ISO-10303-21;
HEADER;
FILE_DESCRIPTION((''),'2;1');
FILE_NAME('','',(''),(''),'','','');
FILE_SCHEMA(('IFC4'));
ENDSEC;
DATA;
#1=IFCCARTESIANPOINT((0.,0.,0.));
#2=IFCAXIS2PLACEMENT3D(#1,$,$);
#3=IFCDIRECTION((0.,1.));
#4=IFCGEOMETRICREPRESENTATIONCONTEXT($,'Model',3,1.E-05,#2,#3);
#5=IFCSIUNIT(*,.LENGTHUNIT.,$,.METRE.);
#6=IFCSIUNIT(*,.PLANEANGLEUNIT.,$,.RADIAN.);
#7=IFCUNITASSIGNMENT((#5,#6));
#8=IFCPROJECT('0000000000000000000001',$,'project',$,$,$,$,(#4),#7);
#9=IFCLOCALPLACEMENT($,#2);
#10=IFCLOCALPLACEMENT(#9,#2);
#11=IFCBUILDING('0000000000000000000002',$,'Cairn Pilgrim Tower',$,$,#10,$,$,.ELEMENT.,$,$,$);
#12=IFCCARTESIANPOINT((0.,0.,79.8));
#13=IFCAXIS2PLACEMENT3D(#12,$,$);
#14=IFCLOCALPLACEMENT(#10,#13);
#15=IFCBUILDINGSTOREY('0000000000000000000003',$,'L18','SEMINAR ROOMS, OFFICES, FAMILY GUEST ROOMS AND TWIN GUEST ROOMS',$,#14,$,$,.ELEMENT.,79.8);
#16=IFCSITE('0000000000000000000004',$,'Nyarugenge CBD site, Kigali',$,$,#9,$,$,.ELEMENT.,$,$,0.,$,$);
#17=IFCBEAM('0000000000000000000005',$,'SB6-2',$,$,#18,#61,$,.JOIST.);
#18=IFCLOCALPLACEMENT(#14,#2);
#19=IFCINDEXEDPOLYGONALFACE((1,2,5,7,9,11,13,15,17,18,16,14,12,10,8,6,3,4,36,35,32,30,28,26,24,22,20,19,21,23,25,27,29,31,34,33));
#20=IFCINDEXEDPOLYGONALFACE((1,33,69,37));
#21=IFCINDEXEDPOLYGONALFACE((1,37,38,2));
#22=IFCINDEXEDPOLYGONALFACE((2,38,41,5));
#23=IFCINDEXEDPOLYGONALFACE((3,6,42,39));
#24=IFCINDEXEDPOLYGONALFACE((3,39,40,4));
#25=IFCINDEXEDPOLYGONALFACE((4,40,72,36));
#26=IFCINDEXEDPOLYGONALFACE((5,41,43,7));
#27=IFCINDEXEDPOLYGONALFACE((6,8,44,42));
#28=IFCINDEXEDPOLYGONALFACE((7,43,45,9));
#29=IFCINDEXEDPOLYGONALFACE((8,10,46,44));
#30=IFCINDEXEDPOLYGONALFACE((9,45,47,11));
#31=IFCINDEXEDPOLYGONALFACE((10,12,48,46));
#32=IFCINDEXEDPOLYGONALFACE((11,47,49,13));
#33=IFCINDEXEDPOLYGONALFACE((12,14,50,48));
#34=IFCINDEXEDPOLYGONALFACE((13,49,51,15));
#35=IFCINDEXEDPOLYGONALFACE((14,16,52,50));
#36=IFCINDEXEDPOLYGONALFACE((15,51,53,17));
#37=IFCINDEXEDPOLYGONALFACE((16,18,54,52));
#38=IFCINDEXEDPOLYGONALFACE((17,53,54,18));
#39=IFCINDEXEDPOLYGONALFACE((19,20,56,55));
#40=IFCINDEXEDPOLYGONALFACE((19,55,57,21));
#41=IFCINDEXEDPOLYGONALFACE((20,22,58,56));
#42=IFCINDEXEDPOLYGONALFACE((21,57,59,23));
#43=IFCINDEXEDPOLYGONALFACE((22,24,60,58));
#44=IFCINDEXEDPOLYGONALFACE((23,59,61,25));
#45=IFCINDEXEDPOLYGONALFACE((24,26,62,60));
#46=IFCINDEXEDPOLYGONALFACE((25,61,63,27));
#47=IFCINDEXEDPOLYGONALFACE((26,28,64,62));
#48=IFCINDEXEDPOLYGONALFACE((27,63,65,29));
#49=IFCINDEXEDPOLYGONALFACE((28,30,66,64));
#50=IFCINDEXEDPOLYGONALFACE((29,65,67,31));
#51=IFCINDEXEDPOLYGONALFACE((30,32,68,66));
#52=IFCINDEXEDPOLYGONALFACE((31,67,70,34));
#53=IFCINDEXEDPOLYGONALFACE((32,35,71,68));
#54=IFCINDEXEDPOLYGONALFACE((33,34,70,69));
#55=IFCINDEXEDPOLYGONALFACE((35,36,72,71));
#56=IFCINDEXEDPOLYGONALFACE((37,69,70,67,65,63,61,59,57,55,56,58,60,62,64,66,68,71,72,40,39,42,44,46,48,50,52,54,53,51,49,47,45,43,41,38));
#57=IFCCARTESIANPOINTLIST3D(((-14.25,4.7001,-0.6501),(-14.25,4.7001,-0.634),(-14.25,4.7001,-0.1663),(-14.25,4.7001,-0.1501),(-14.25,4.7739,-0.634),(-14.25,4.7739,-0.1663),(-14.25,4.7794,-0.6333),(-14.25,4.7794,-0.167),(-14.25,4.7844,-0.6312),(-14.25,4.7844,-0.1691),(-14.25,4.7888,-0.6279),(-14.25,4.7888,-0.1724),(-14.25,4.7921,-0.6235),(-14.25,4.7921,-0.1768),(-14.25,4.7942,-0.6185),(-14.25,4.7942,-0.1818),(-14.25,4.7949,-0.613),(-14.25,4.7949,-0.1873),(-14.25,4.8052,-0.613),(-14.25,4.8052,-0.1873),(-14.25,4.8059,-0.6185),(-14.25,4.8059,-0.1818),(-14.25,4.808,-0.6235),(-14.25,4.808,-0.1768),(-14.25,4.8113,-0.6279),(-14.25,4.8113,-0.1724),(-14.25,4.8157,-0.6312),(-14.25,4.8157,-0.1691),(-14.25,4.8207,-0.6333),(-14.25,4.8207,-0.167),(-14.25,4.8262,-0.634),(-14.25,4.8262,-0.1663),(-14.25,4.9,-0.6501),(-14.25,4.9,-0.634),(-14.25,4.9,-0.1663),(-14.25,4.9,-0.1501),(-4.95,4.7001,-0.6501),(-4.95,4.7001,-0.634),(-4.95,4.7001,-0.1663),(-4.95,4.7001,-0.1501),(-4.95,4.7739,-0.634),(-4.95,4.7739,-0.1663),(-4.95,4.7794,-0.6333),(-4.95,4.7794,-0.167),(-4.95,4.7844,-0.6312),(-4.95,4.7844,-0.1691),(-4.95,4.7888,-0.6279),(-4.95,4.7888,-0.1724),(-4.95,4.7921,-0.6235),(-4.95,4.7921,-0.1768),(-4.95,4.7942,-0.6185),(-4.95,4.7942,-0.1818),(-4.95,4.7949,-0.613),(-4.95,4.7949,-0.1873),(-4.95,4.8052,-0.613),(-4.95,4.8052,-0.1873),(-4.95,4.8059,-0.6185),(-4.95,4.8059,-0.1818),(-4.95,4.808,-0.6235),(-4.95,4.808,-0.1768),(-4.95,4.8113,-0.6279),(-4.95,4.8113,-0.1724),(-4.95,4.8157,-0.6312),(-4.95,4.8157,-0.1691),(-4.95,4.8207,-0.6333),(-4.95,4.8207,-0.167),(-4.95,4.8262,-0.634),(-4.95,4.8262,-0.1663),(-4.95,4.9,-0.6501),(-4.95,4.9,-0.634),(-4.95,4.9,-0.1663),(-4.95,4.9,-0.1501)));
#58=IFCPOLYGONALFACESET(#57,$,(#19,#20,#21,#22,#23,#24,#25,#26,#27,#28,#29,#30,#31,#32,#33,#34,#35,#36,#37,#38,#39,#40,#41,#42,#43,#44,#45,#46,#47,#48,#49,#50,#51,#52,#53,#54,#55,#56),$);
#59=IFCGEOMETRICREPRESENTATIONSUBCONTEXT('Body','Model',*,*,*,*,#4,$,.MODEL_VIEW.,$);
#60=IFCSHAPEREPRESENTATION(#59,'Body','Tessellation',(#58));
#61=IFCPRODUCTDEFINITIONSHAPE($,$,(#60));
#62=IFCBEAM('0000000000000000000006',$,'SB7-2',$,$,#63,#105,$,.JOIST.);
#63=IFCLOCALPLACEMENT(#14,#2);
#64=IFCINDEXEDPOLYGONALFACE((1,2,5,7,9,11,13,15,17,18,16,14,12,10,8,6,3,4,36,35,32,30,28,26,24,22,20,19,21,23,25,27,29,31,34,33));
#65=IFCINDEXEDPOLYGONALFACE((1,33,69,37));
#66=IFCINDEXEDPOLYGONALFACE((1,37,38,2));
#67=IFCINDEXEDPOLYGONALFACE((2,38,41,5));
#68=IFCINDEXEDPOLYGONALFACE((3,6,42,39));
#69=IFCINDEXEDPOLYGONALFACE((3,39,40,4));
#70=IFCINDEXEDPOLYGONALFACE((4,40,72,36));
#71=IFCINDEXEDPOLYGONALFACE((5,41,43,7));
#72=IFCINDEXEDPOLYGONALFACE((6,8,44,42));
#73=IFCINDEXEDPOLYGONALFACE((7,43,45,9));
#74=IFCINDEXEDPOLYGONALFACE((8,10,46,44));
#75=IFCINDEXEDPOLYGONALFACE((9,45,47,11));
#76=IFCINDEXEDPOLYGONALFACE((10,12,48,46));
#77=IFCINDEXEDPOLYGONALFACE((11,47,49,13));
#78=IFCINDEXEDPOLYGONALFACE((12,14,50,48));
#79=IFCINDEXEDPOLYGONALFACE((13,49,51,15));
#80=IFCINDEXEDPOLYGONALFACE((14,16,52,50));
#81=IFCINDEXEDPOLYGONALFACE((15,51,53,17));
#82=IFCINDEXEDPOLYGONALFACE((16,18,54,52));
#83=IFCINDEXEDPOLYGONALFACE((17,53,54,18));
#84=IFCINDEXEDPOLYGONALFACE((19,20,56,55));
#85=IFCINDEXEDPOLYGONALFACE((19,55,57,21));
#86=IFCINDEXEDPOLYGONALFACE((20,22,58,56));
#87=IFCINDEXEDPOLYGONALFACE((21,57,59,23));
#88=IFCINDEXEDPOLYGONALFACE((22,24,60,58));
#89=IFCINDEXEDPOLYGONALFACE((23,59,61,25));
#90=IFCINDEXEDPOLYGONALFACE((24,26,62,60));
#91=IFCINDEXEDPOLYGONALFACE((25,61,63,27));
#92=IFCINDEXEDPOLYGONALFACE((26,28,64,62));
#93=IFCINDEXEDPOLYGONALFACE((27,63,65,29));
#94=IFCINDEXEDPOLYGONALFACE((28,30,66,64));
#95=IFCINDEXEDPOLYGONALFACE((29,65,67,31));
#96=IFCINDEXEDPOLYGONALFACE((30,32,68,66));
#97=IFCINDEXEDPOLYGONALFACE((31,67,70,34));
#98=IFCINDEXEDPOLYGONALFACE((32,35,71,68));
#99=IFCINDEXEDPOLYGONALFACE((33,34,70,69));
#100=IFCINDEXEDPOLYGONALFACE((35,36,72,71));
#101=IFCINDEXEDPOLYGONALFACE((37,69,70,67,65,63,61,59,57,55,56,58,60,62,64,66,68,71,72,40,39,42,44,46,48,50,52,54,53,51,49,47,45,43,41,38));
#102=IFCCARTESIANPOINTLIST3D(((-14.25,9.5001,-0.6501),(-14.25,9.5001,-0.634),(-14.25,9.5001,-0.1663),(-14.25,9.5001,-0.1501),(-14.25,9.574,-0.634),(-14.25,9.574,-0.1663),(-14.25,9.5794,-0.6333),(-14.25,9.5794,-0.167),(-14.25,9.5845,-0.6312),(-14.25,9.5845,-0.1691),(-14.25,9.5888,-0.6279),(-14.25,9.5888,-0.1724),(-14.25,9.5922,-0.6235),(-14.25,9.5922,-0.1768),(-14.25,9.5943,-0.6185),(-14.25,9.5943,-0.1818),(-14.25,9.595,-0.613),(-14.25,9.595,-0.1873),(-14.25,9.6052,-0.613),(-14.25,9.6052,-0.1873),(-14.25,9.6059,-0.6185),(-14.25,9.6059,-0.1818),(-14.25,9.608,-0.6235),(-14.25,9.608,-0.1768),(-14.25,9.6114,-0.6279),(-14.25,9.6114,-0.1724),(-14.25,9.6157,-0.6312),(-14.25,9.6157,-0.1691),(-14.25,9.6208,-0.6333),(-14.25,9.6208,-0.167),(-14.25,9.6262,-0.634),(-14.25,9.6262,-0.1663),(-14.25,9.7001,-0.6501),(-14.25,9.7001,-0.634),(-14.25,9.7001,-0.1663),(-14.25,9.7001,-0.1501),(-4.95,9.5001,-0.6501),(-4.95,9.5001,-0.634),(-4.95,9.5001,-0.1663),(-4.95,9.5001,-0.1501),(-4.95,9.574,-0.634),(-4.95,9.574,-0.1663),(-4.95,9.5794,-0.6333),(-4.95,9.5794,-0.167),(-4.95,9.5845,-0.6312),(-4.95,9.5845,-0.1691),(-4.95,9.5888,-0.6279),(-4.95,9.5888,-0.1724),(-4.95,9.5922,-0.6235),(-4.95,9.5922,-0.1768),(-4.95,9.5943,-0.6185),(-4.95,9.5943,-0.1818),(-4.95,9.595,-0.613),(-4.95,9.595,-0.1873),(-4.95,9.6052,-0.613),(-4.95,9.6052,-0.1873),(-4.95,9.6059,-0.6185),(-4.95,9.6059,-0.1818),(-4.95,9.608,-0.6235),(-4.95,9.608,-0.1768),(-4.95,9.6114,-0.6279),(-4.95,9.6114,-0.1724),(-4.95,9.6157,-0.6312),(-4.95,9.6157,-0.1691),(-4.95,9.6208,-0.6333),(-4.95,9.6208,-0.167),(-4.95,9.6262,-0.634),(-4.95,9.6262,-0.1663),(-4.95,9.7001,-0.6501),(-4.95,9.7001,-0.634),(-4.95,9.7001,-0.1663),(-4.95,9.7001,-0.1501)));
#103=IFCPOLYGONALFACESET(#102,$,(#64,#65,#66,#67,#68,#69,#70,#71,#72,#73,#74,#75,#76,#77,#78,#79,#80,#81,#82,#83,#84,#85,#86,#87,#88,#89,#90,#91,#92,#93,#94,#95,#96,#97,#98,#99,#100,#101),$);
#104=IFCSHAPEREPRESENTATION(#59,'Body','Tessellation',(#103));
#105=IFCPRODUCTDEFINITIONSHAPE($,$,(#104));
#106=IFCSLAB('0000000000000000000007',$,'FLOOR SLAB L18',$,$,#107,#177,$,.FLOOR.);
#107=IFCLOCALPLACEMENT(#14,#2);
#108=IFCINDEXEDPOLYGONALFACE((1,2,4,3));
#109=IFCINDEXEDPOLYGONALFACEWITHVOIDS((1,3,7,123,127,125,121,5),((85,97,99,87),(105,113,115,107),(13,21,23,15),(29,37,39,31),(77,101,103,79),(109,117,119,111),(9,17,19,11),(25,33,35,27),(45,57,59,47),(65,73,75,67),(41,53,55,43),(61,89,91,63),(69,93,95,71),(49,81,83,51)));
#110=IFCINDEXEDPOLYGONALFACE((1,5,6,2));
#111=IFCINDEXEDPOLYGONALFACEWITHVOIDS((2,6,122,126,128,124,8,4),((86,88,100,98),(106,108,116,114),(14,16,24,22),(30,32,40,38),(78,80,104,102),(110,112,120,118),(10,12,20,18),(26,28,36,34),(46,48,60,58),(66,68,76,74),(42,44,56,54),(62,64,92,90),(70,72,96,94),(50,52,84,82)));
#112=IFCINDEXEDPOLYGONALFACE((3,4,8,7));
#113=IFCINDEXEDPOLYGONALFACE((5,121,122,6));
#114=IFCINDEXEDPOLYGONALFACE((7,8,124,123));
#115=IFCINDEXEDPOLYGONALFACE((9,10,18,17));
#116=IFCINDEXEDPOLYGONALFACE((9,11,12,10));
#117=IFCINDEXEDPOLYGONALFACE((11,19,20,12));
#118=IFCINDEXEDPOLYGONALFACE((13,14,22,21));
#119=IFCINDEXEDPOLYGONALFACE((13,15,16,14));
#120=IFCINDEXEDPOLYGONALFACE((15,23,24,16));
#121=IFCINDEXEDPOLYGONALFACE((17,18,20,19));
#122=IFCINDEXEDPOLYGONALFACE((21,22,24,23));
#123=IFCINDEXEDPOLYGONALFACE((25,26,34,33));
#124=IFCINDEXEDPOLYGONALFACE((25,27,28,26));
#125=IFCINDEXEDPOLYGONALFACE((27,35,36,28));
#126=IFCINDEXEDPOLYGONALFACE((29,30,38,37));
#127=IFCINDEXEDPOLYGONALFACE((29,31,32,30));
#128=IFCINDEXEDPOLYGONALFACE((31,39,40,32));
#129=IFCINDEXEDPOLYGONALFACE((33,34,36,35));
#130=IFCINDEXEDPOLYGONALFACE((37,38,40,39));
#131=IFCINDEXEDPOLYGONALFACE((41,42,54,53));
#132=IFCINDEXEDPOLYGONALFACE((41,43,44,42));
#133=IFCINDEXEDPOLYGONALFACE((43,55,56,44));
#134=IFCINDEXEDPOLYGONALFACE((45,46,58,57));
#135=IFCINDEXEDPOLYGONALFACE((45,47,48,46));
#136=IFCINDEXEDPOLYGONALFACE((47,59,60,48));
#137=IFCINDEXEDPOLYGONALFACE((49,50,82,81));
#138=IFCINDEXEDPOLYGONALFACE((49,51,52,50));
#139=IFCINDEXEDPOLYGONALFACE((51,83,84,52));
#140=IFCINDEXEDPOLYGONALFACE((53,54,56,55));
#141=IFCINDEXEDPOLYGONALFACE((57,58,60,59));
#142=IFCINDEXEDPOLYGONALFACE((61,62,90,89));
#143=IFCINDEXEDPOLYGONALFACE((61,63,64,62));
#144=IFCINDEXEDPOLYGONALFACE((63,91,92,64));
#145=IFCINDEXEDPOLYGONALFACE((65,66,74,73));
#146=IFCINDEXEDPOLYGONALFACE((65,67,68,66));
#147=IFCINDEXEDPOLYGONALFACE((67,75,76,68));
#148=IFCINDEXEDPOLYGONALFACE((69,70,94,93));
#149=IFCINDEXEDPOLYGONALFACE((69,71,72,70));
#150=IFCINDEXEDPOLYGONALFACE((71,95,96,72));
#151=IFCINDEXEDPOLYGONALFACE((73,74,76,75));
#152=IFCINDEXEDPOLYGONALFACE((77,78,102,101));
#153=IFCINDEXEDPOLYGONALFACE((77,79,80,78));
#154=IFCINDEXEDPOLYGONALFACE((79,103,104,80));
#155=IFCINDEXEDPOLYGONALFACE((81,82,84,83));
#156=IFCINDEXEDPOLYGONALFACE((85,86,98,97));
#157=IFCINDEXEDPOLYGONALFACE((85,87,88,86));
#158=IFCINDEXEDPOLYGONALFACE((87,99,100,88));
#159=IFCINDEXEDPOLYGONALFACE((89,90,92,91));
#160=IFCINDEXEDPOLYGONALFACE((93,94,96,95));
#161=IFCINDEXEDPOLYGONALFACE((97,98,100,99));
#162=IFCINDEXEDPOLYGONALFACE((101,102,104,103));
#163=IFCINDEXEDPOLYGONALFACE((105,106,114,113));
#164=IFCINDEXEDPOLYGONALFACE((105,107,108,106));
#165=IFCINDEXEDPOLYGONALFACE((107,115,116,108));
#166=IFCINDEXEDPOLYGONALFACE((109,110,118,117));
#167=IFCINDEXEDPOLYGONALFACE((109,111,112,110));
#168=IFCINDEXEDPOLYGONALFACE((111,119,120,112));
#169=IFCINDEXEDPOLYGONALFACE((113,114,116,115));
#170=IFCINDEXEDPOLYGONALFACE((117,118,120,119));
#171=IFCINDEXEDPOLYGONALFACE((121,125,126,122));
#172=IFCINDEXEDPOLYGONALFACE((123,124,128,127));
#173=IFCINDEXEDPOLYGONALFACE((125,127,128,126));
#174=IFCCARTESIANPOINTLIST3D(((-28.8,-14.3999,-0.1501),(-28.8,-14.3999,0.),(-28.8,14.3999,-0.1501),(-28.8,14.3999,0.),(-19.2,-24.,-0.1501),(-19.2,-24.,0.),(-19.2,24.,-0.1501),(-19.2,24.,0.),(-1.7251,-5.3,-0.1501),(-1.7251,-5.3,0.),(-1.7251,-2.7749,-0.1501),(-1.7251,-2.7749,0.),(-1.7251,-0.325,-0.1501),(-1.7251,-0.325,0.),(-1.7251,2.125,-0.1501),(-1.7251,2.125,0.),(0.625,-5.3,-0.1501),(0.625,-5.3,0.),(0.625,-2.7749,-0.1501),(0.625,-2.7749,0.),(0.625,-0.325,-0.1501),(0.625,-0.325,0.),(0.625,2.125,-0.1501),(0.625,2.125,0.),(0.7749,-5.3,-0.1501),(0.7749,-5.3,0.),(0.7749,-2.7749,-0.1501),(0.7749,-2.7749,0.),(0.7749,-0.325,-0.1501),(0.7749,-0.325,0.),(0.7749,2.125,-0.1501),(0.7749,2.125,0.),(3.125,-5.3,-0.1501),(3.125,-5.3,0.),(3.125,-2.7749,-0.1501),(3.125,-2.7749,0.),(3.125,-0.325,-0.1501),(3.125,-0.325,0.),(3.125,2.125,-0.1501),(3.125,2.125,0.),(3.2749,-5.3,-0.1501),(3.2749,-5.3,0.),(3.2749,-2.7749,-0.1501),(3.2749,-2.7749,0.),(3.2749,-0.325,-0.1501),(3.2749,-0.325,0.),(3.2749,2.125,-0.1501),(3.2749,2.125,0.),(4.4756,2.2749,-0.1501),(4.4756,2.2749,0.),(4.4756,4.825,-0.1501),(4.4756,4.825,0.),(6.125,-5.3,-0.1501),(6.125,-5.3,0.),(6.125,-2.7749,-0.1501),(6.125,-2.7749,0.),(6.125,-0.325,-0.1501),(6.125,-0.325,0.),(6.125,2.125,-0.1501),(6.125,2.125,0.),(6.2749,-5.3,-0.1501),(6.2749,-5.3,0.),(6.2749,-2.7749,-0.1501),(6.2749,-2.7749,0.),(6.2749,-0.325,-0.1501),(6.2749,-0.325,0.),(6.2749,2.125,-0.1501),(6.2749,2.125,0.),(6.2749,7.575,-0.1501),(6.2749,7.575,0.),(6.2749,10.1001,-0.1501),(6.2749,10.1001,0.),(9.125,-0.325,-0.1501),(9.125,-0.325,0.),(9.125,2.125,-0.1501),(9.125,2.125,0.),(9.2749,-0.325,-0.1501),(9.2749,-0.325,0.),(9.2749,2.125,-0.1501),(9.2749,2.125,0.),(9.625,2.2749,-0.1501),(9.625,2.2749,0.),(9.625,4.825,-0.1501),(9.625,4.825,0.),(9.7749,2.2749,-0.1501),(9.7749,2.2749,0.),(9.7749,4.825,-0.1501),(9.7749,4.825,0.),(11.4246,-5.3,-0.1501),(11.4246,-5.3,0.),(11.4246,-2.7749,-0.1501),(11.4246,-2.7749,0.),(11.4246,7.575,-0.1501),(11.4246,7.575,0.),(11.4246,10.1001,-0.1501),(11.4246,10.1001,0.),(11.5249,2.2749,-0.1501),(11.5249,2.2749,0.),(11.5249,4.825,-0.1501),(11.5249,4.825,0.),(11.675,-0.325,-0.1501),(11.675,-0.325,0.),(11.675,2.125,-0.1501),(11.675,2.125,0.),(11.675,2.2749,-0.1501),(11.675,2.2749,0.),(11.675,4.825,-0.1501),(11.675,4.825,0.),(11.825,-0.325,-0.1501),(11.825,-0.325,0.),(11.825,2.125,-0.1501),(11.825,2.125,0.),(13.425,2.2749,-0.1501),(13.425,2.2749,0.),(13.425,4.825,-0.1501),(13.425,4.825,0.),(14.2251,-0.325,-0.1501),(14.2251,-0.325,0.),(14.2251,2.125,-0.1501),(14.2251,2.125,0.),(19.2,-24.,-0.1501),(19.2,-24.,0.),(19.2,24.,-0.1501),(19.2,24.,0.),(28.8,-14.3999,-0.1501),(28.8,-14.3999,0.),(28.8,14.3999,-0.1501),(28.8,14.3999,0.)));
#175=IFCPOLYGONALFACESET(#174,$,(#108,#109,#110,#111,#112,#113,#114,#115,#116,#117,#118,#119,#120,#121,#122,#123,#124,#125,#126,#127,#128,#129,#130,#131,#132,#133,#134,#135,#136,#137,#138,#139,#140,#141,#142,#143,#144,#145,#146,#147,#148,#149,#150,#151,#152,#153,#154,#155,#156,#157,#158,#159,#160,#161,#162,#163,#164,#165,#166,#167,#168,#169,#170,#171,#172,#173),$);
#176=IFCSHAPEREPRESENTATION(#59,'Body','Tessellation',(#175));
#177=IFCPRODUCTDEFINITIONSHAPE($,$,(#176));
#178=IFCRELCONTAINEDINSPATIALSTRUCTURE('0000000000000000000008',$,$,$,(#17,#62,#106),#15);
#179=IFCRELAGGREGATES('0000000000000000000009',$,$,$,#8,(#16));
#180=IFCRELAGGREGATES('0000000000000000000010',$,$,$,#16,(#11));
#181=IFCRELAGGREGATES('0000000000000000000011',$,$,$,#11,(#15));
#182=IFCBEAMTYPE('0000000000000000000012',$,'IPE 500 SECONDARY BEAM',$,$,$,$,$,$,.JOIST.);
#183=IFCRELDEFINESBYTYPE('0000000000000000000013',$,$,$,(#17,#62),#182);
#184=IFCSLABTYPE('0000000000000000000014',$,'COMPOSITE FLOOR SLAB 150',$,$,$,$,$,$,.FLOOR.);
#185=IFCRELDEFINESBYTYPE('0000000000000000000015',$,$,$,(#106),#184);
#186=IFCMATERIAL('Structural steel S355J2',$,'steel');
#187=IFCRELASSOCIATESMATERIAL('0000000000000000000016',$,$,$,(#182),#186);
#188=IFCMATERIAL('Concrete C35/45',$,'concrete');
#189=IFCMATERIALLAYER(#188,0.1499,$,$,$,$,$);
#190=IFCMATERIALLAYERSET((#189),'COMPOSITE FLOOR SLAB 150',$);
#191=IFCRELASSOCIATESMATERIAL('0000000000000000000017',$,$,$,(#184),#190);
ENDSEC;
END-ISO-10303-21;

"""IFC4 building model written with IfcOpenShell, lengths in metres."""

from ifc_helpers import new_model, si_unit, direction, frame, origin, origin_2d, place, context, subcontext, project, spatial, polyline, i_section, outline, extrude, material, layer, layer_set, material_profile, profile_set, type_object, element, save


model = new_model("IFC4")

# Units and contexts
model_context = context("Model", 3, precision=1e-05, world=origin(), true_north=direction((0.0, 1.0)))
body_context = subcontext(model_context, "Body", "Model", "MODEL_VIEW")
ifc_project = project(units=[si_unit("LENGTHUNIT", "METRE"), si_unit("PLANEANGLEUNIT", "RADIAN")], contexts=[model_context])

# Site, building, storey
site_placement = place(None, origin())
site = spatial("IfcSite", under=ifc_project, at=site_placement, Name="Nyarugenge CBD site, Kigali", CompositionType="ELEMENT", RefElevation=0.0)
building_placement = place(site_placement, origin())
building = spatial("IfcBuilding", under=site, at=building_placement, Name="Cairn Pilgrim Tower", CompositionType="ELEMENT")
storey_placement = place(building_placement, frame((0.0, 0.0, 79.8)))
storey = spatial("IfcBuildingStorey", under=building, at=storey_placement, Name="L18", Description="SEMINAR ROOMS, OFFICES, FAMILY GUEST ROOMS AND TWIN GUEST ROOMS", CompositionType="ELEMENT", Elevation=79.8)

# Beams
ifc_material_1 = material(Name="Structural steel S355J2", Category="steel")
ifc_material_profile_1 = material_profile(ifc_material_1, i_section(OverallWidth=0.2, OverallDepth=0.5, WebThickness=0.0103, FlangeThickness=0.0161, FilletRadius=0.021, at=origin_2d()), Name="IPE 500")
ifc_profile_set_1 = profile_set([ifc_material_profile_1], Name="Structural steel S355J2")
beam_type_1 = type_object("IfcBeamType", Name="IPE 500 SECONDARY BEAM", PredefinedType="JOIST", material=ifc_profile_set_1)
for number, where, z_axis, x_axis, name in (
    (1, (-14.25, 4.8, -0.4001), (1.0, 0.0, 0.0), (0.0, 1.0, 0.0), "SB6-2"),
    (2, (-14.25, 9.6001, -0.4001), (1.0, 0.0, 0.0), (0.0, 1.0, 0.0), "SB7-2"),
):
    element("IfcBeam", number, at=place(storey_placement, frame(where, z_axis=z_axis, x_axis=x_axis)), inside=storey, type_object=beam_type_1, Name=name, PredefinedType="JOIST", context=body_context, shape_type="SweptSolid", body=[
        extrude(i_section(OverallWidth=0.2, OverallDepth=0.5, WebThickness=0.0103, FlangeThickness=0.0161, FilletRadius=0.021, at=origin_2d()), origin(), (0.0, 0.0, 1.0), 9.3),
    ])

# Slab
ifc_material_2 = material(Name="Concrete C35/45", Category="concrete")
ifc_layer_1 = layer(ifc_material_2, 0.1499)
ifc_layer_set_1 = layer_set([ifc_layer_1], Name="COMPOSITE FLOOR SLAB 150")
slab_type_1 = type_object("IfcSlabType", Name="COMPOSITE FLOOR SLAB 150", PredefinedType="FLOOR", material=ifc_layer_set_1)
slab_1_placement = place(storey_placement, frame((0.0, 0.0, -0.1501)))
element("IfcSlab", 3, at=slab_1_placement, inside=storey, type_object=slab_type_1, Name="FLOOR SLAB L18", PredefinedType="FLOOR", context=body_context, shape_type="SweptSolid", body=[
    extrude(outline(polyline([(-19.2, -24.0), (19.2, -24.0), (28.8, -14.3999), (28.8, 14.3999), (19.2, 24.0), (-19.2, 24.0), (-28.8, 14.3999), (-28.8, -14.3999), (-19.2, -24.0)]), holes=[polyline([(-1.7251, -5.3), (0.625, -5.3), (0.625, -2.7749), (-1.7251, -2.7749), (-1.7251, -5.3)]), polyline([(0.7749, -5.3), (3.125, -5.3), (3.125, -2.7749), (0.7749, -2.7749), (0.7749, -5.3)]), polyline([(-1.7251, -0.325), (0.625, -0.325), (0.625, 2.125), (-1.7251, 2.125), (-1.7251, -0.325)]), polyline([(0.7749, -0.325), (3.125, -0.325), (3.125, 2.125), (0.7749, 2.125), (0.7749, -0.325)]), polyline([(3.2749, -5.3), (6.125, -5.3), (6.125, -2.7749), (3.2749, -2.7749), (3.2749, -5.3)]), polyline([(3.2749, -0.325), (6.125, -0.325), (6.125, 2.125), (3.2749, 2.125), (3.2749, -0.325)]), polyline([(6.2749, -0.325), (9.125, -0.325), (9.125, 2.125), (6.2749, 2.125), (6.2749, -0.325)]), polyline([(9.2749, -0.325), (11.675, -0.325), (11.675, 2.125), (9.2749, 2.125), (9.2749, -0.325)]), polyline([(11.825, -0.325), (14.2251, -0.325), (14.2251, 2.125), (11.825, 2.125), (11.825, -0.325)]), polyline([(9.7749, 2.2749), (11.5249, 2.2749), (11.5249, 4.825), (9.7749, 4.825), (9.7749, 2.2749)]), polyline([(11.675, 2.2749), (13.425, 2.2749), (13.425, 4.825), (11.675, 4.825), (11.675, 2.2749)]), polyline([(11.4246, -2.7749), (6.2749, -2.7749), (6.2749, -5.3), (11.4246, -5.3), (11.4246, -2.7749)]), polyline([(4.4756, 2.2749), (9.625, 2.2749), (9.625, 4.825), (4.4756, 4.825), (4.4756, 2.2749)]), polyline([(11.4246, 10.1001), (6.2749, 10.1001), (6.2749, 7.575), (11.4246, 7.575), (11.4246, 10.1001)])]), origin(), (0.0, 0.0, 1.0), 0.1501),
])

save(model, "model.ifc")
